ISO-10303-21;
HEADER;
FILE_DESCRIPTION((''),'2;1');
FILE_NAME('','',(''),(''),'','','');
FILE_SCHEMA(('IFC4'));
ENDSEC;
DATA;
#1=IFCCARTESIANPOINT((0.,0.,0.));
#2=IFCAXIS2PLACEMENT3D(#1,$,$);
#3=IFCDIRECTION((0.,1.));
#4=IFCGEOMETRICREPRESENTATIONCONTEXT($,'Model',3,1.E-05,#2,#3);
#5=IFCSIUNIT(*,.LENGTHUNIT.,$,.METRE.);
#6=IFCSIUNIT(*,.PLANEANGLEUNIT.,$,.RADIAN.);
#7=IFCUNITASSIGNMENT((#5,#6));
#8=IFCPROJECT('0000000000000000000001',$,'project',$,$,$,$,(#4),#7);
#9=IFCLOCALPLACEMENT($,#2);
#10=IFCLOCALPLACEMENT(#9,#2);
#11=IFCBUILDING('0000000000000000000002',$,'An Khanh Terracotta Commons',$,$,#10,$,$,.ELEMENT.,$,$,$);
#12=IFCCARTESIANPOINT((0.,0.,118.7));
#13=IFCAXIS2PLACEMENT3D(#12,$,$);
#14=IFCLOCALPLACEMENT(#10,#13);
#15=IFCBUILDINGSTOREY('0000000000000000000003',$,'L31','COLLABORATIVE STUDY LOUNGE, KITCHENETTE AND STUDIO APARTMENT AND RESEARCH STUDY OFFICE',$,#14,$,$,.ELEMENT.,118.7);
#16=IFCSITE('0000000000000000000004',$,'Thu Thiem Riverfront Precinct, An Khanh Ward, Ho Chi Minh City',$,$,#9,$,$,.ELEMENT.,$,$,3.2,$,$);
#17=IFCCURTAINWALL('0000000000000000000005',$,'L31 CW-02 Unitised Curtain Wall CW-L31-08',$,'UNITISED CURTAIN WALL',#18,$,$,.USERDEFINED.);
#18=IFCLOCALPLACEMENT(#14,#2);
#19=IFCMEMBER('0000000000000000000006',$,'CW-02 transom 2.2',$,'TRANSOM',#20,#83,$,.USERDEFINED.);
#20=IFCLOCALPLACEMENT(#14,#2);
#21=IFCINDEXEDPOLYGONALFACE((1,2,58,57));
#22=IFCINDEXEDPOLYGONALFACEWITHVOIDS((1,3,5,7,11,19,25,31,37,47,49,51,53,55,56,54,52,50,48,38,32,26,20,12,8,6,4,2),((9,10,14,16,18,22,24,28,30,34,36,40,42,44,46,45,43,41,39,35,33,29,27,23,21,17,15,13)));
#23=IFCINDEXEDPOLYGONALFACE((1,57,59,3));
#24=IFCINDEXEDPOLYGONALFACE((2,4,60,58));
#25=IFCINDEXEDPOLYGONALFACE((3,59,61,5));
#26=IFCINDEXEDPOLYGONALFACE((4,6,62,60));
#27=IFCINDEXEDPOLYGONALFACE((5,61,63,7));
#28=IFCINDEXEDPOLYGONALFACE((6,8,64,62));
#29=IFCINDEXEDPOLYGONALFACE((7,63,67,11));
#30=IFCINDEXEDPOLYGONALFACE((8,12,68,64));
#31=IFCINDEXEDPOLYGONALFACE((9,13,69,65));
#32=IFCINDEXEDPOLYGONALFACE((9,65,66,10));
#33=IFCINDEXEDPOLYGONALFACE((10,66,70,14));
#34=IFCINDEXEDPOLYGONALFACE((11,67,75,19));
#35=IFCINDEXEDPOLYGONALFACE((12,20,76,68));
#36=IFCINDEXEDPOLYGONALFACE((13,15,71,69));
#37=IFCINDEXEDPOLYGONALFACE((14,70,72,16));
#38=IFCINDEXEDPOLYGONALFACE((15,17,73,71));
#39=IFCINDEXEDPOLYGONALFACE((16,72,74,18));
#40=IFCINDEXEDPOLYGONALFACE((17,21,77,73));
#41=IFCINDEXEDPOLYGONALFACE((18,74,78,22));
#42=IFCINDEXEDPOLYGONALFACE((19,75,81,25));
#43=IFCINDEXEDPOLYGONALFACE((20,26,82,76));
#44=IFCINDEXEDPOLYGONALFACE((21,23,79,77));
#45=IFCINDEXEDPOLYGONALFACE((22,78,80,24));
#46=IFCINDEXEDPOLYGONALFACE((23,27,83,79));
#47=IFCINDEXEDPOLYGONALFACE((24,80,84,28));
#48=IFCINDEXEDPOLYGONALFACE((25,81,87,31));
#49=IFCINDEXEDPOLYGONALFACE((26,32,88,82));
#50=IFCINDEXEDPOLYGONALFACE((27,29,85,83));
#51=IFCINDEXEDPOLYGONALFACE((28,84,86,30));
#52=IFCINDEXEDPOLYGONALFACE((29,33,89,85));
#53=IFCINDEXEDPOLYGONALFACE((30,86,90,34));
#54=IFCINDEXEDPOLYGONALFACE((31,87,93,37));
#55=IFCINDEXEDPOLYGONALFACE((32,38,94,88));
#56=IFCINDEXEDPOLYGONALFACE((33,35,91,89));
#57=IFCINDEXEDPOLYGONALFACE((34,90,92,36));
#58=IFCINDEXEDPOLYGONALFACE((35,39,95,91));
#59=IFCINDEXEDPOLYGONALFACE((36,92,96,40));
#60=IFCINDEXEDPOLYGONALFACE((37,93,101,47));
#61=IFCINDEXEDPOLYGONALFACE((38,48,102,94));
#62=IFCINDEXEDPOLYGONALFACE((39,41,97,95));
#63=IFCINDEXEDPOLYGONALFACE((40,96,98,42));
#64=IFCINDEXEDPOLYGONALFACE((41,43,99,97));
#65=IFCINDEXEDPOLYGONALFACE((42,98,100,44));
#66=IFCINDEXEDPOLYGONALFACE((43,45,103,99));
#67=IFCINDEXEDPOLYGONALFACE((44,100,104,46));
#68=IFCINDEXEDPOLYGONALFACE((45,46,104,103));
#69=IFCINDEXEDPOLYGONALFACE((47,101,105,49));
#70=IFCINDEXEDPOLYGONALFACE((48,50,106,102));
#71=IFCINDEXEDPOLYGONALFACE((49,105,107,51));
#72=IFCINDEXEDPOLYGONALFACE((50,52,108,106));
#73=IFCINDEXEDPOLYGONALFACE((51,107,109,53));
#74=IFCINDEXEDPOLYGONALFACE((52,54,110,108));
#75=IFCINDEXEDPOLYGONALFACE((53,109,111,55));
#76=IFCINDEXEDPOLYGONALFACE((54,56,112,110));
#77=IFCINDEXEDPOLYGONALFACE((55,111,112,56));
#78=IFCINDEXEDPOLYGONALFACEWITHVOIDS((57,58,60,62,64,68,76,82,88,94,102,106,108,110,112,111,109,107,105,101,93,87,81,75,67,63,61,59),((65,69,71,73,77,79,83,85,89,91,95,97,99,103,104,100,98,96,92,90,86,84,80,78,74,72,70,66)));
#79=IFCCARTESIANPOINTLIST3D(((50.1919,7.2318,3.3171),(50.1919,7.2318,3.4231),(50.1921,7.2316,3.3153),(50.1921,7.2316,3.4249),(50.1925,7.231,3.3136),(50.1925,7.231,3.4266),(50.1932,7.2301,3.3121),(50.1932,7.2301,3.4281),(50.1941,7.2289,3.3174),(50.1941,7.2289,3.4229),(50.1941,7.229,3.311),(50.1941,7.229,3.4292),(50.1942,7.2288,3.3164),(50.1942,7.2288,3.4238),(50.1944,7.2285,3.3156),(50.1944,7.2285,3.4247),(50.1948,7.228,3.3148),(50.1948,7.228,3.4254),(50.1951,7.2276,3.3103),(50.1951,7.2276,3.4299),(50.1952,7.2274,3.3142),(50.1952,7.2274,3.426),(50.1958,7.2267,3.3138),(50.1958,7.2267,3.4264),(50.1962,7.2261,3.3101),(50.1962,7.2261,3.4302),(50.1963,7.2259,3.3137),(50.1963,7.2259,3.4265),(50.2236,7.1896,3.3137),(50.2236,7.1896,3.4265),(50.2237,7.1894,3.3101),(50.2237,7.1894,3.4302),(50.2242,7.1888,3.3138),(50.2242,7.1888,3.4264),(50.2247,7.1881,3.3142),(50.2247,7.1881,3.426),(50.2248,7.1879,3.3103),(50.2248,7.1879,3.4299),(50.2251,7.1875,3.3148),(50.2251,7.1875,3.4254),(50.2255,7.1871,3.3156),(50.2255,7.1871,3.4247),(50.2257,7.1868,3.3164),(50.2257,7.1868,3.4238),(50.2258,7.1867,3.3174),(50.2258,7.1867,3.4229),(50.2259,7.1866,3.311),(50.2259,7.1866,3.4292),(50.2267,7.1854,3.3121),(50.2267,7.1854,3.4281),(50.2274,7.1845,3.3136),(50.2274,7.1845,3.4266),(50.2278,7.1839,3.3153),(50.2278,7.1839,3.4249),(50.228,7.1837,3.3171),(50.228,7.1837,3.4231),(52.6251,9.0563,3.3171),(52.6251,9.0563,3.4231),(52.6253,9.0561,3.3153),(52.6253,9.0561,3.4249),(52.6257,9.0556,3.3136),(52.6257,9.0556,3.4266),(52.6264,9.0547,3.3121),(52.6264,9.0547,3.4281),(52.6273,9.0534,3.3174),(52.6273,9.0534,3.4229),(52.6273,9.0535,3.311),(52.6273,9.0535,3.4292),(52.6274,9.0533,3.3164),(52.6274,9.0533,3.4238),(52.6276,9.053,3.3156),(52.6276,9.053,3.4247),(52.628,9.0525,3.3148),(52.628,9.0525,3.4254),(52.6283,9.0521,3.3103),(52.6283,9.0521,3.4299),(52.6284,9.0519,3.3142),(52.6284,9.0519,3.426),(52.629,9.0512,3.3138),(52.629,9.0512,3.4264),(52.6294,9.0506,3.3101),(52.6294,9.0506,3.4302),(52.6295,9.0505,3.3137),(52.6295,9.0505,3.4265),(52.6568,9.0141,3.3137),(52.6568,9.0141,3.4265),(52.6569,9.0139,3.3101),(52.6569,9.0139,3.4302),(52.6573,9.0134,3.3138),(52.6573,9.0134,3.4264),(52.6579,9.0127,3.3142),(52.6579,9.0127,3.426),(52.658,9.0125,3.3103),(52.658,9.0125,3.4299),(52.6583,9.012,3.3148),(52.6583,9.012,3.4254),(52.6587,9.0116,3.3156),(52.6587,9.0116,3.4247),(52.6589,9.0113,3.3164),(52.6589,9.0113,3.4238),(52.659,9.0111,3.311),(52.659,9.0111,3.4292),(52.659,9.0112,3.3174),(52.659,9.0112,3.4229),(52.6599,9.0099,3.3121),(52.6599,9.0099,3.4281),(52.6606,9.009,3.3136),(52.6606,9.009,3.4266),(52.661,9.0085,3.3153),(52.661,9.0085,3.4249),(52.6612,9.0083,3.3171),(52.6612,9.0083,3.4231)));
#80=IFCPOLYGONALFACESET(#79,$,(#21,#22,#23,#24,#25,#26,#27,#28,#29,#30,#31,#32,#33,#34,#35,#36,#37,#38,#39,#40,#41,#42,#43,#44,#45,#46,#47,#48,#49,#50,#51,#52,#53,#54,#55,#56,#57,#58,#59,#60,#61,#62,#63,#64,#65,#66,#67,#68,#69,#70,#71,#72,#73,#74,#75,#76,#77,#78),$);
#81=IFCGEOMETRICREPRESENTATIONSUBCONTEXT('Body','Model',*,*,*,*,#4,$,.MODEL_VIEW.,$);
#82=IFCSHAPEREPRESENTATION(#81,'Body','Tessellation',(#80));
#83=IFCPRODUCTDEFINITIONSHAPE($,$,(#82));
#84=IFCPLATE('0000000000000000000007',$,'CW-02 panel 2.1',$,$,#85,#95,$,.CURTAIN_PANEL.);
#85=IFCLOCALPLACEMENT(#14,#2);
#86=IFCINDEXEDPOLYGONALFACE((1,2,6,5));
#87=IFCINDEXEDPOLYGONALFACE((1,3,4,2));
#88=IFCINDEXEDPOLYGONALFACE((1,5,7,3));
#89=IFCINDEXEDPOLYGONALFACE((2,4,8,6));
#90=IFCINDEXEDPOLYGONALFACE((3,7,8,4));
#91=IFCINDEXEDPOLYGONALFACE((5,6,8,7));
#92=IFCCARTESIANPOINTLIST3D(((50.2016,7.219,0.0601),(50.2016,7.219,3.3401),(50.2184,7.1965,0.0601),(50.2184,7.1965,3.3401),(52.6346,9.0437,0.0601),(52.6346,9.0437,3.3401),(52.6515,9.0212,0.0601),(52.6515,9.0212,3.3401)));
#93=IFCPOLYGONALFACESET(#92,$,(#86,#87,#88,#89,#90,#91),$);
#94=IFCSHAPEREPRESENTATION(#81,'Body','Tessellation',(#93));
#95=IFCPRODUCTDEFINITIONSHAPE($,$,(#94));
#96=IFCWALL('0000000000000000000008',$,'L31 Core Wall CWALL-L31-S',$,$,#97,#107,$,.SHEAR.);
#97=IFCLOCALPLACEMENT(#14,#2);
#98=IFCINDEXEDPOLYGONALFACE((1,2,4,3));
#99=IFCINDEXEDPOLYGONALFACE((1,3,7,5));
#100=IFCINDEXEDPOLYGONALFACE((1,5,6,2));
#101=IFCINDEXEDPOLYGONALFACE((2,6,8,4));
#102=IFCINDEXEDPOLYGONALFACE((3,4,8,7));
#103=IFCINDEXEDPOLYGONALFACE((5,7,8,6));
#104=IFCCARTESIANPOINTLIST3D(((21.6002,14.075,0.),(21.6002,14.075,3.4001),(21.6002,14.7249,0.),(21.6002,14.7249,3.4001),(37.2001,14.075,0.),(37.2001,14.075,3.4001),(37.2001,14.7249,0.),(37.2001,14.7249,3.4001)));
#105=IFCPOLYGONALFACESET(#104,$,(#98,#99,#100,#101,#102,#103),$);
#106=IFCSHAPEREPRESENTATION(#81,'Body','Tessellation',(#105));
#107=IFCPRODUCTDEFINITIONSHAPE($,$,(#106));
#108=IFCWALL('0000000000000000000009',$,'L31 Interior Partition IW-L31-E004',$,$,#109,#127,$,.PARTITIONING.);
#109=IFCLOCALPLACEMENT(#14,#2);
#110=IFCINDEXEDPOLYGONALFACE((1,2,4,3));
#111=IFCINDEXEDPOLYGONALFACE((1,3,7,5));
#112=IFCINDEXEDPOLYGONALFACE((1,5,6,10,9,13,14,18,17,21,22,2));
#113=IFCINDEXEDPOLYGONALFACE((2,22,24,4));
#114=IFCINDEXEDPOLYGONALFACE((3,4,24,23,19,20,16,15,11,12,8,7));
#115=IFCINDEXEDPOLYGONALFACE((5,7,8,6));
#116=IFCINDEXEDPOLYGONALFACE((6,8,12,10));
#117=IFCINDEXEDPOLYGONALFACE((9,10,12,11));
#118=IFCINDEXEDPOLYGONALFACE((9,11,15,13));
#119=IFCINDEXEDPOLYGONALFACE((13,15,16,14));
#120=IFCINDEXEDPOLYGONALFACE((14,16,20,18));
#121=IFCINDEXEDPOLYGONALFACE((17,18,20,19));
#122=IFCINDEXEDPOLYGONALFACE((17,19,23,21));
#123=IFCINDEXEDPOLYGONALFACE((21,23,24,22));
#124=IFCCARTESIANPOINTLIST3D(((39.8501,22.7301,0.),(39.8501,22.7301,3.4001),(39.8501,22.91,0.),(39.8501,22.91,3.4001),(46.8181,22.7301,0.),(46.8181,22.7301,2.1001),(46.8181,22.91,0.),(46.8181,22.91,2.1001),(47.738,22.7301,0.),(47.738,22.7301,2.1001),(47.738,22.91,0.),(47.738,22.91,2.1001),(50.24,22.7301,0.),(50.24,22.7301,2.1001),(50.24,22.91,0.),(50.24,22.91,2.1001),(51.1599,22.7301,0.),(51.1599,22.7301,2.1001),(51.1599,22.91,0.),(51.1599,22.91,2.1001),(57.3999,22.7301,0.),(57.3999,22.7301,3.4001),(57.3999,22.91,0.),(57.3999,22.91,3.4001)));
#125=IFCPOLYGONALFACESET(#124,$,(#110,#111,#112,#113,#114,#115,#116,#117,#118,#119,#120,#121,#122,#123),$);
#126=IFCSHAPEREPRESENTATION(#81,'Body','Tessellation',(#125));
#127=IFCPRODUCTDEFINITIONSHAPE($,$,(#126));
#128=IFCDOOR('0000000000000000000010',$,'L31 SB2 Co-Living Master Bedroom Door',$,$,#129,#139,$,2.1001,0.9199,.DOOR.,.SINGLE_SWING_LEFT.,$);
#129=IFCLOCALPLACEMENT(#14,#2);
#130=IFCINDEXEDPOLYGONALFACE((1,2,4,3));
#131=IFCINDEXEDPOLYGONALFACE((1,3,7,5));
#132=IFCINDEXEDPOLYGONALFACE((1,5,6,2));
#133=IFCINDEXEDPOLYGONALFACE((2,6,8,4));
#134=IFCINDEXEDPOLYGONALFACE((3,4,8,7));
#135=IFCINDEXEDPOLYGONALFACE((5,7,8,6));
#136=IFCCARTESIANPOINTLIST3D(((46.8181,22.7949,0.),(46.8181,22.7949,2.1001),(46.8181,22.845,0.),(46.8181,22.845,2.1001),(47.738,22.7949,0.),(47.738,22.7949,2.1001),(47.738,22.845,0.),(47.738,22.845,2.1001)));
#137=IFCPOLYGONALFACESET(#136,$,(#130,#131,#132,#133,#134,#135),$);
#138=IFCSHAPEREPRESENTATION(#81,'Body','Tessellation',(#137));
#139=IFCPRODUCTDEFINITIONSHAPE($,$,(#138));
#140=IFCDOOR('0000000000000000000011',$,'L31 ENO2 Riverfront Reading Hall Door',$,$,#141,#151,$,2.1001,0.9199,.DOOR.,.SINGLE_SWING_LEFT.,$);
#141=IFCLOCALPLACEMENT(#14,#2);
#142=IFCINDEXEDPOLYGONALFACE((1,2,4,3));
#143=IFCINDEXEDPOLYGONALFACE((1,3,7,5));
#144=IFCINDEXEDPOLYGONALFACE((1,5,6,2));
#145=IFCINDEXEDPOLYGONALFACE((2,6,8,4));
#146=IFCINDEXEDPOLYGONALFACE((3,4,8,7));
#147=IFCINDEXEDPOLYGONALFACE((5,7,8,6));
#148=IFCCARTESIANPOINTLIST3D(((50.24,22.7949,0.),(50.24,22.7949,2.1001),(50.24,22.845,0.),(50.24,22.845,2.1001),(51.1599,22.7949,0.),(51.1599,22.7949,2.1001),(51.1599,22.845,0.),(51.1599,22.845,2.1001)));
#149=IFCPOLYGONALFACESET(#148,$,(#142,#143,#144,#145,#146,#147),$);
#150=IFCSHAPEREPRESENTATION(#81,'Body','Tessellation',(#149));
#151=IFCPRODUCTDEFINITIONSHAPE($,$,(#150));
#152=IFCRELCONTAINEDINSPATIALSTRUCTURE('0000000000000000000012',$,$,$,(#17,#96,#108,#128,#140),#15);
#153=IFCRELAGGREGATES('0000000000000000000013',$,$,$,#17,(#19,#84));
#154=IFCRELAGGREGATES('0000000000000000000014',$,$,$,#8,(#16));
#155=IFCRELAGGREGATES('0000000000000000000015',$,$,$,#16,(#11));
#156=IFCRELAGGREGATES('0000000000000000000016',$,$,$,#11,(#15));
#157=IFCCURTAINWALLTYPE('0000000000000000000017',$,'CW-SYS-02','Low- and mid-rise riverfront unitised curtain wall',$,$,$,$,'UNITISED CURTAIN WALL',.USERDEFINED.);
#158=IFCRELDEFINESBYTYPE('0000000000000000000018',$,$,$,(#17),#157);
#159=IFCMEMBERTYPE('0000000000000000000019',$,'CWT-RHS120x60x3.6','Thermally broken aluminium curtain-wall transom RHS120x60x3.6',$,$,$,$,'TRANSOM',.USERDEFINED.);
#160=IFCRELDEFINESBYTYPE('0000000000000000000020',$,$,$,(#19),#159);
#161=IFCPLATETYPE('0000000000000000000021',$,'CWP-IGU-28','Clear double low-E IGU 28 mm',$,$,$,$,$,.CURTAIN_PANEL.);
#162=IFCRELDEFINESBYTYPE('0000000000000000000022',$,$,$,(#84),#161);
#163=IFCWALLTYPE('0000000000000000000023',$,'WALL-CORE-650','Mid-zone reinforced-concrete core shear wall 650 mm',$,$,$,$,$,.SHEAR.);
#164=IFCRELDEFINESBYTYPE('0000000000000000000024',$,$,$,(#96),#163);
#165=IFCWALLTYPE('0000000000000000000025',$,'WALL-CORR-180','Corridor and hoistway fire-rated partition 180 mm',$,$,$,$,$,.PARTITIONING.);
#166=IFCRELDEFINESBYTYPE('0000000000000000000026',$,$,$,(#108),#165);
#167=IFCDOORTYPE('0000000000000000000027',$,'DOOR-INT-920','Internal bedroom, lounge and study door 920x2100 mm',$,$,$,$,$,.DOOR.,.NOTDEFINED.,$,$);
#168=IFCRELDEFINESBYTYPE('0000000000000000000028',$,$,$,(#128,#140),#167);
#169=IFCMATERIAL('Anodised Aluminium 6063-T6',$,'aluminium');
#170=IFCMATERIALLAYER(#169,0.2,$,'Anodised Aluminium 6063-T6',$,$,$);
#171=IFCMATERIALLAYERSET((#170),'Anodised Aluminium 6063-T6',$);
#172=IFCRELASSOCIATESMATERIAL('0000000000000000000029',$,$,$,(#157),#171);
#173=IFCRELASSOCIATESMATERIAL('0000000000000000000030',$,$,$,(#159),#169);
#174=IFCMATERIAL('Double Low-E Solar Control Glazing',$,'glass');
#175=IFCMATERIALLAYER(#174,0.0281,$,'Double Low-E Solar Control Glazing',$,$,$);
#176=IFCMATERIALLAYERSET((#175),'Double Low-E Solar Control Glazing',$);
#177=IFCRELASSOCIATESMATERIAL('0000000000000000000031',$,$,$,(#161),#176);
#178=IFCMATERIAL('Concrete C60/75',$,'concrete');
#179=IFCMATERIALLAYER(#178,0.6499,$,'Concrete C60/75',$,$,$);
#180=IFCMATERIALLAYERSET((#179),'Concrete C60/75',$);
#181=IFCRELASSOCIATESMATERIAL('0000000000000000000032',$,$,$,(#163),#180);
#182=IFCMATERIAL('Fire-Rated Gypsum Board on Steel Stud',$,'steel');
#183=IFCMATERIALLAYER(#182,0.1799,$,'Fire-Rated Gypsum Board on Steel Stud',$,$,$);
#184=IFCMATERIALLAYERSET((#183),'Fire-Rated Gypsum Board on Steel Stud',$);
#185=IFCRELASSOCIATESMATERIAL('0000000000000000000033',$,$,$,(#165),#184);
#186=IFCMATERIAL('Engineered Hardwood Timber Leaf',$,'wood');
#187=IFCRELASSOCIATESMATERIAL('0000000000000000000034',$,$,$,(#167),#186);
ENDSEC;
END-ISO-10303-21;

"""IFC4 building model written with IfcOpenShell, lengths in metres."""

from ifc_helpers import new_model, si_unit, direction, frame, frame_2d, origin, origin_2d, place, context, subcontext, project, spatial, rectangle, hollow_rectangle, extrude, material, layer, layer_set, material_profile, profile_set, type_object, element, fill, aggregate, save


model = new_model("IFC4")

# Units and contexts
model_context = context("Model", 3, precision=1e-05, world=origin(), true_north=direction((0.0, 1.0)))
body_context = subcontext(model_context, "Body", "Model", "MODEL_VIEW")
ifc_project = project(units=[si_unit("LENGTHUNIT", "METRE"), si_unit("PLANEANGLEUNIT", "RADIAN")], contexts=[model_context])

# Site, building, storey
site_placement = place(None, origin())
site = spatial("IfcSite", under=ifc_project, at=site_placement, Name="Thu Thiem Riverfront Precinct, An Khanh Ward, Ho Chi Minh City", CompositionType="ELEMENT", RefElevation=3.2)
building_placement = place(site_placement, origin())
building = spatial("IfcBuilding", under=site, at=building_placement, Name="An Khanh Terracotta Commons", CompositionType="ELEMENT")
storey_placement = place(building_placement, frame((0.0, 0.0, 118.7)))
storey = spatial("IfcBuildingStorey", under=building, at=storey_placement, Name="L31", Description="COLLABORATIVE STUDY LOUNGE, KITCHENETTE AND STUDIO APARTMENT AND RESEARCH STUDY OFFICE", CompositionType="ELEMENT", Elevation=118.7)

# Curtain wall, member, plate
ifc_material_1 = material(Name="Anodised Aluminium 6063-T6", Category="aluminium")
ifc_layer_1 = layer(ifc_material_1, 0.2, Name="Anodised Aluminium 6063-T6")
ifc_layer_set_1 = layer_set([ifc_layer_1], Name="Anodised Aluminium 6063-T6")
curtain_wall_type = type_object("IfcCurtainWallType", Name="CW-SYS-02", Description="Low- and mid-rise riverfront unitised curtain wall", ElementType="UNITISED CURTAIN WALL", PredefinedType="USERDEFINED", material=ifc_layer_set_1)
curtain_wall_placement = place(storey_placement, origin())
curtain_wall = element("IfcCurtainWall", 1, at=curtain_wall_placement, inside=storey, type_object=curtain_wall_type, Name="L31 CW-02 Unitised Curtain Wall CW-L31-08", ObjectType="UNITISED CURTAIN WALL", PredefinedType="USERDEFINED")
ifc_material_profile_1 = material_profile(ifc_material_1, hollow_rectangle(XDim=0.0601, YDim=0.1201, WallThickness=0.0037, InnerFilletRadius=0.0037, OuterFilletRadius=0.0071, at=origin_2d()), Name="RHS120x60x3.6")
ifc_profile_set_1 = profile_set([ifc_material_profile_1], Name="Anodised Aluminium 6063-T6")
member_type_1 = type_object("IfcMemberType", Name="CWT-RHS120x60x3.6", Description="Thermally broken aluminium curtain-wall transom RHS120x60x3.6", ElementType="TRANSOM", PredefinedType="USERDEFINED", material=ifc_profile_set_1)
member_1_placement = place(storey_placement, frame((50.21, 7.2078, 3.3701), z_axis=(0.800058, 0.599923, 0.0), x_axis=(-0.599923, 0.800058, 0.0)))
member_1 = element("IfcMember", 2, at=member_1_placement, type_object=member_type_1, Name="CW-02 transom 2.2", ObjectType="TRANSOM", PredefinedType="USERDEFINED", context=body_context, shape_type="SweptSolid", body=[
    extrude(hollow_rectangle(XDim=0.0601, YDim=0.1201, WallThickness=0.0037, InnerFilletRadius=0.0037, OuterFilletRadius=0.0071, at=origin_2d()), origin(), (0.0, 0.0, 1.0), 3.0413),
])
ifc_material_2 = material(Name="Double Low-E Solar Control Glazing", Category="glass")
ifc_layer_2 = layer(ifc_material_2, 0.0281, Name="Double Low-E Solar Control Glazing")
ifc_layer_set_2 = layer_set([ifc_layer_2], Name="Double Low-E Solar Control Glazing")
plate_type = type_object("IfcPlateType", Name="CWP-IGU-28", Description="Clear double low-E IGU 28 mm", PredefinedType="CURTAIN_PANEL", material=ifc_layer_set_2)
plate_placement = place(storey_placement, frame((51.4265, 8.1201, 0.0601), z_axis=(0.0, 0.0, 1.0), x_axis=(0.800013, 0.599983, 0.0)))
plate = element("IfcPlate", 3, at=plate_placement, type_object=plate_type, Name="CW-02 panel 2.1", PredefinedType="CURTAIN_PANEL", context=body_context, shape_type="SweptSolid", body=[
    extrude(rectangle(XDim=3.0413, YDim=0.0281, at=origin_2d()), origin(), (0.0, 0.0, 1.0), 3.28),
])
aggregate(curtain_wall, [member_1, plate])

# Wall
ifc_material_3 = material(Name="Concrete C60/75", Category="concrete")
ifc_layer_3 = layer(ifc_material_3, 0.6499, Name="Concrete C60/75")
ifc_layer_set_3 = layer_set([ifc_layer_3], Name="Concrete C60/75")
wall_type_1 = type_object("IfcWallType", Name="WALL-CORE-650", Description="Mid-zone reinforced-concrete core shear wall 650 mm", PredefinedType="SHEAR", material=ifc_layer_set_3)
wall_1_placement = place(storey_placement, frame((37.2, 14.3999, 0.0), z_axis=(0.0, 0.0, 1.0), x_axis=(-1.0, 0.0, 0.0)))
element("IfcWall", 4, at=wall_1_placement, inside=storey, type_object=wall_type_1, Name="L31 Core Wall CWALL-L31-S", PredefinedType="SHEAR", context=body_context, shape_type="SweptSolid", body=[
    extrude(rectangle(XDim=15.5999, YDim=0.6499, at=frame_2d((7.7998, 0.0))), origin(), (0.0, 0.0, 1.0), 3.4001),
])

# Wall, openings, doors
ifc_material_4 = material(Name="Fire-Rated Gypsum Board on Steel Stud", Category="steel")
ifc_layer_4 = layer(ifc_material_4, 0.1799, Name="Fire-Rated Gypsum Board on Steel Stud")
ifc_layer_set_4 = layer_set([ifc_layer_4], Name="Fire-Rated Gypsum Board on Steel Stud")
wall_type_2 = type_object("IfcWallType", Name="WALL-CORR-180", Description="Corridor and hoistway fire-rated partition 180 mm", PredefinedType="PARTITIONING", material=ifc_layer_set_4)
wall_2_placement = place(storey_placement, frame((39.8501, 22.8201, 0.0), z_axis=(0.0, 0.0, 1.0), x_axis=(1.0, 0.0, 0.0)))
wall_2 = element("IfcWall", 5, at=wall_2_placement, inside=storey, type_object=wall_type_2, Name="L31 Interior Partition IW-L31-E004", PredefinedType="PARTITIONING", context=body_context, shape_type="SweptSolid", body=[
    extrude(rectangle(XDim=17.5498, YDim=0.1799, at=frame_2d((8.7749, 0.0))), origin(), (0.0, 0.0, 1.0), 3.4001),
])
opening_1_placement = place(wall_2_placement, frame((6.968, 0.0, 0.0)))
opening_1 = element("IfcOpeningElement", 6, at=opening_1_placement, cuts=wall_2, PredefinedType="OPENING", context=body_context, shape_type="SweptSolid", body=[
    extrude(rectangle(XDim=0.9199, YDim=2.1001, at=frame_2d((0.46, 1.05))), frame((0.0, 0.0999, 0.0), z_axis=(0.0, -1.0, 0.0), x_axis=(1.0, 0.0, 0.0)), (0.0, 0.0, 1.0), 0.2),
])
opening_2_placement = place(wall_2_placement, frame((10.3899, 0.0, 0.0)))
opening_2 = element("IfcOpeningElement", 7, at=opening_2_placement, cuts=wall_2, PredefinedType="OPENING", context=body_context, shape_type="SweptSolid", body=[
    extrude(rectangle(XDim=0.9199, YDim=2.1001, at=frame_2d((0.46, 1.05))), frame((0.0, 0.0999, 0.0), z_axis=(0.0, -1.0, 0.0), x_axis=(1.0, 0.0, 0.0)), (0.0, 0.0, 1.0), 0.2),
])
ifc_material_5 = material(Name="Engineered Hardwood Timber Leaf", Category="wood")
door_type_1 = type_object("IfcDoorType", Name="DOOR-INT-920", Description="Internal bedroom, lounge and study door 920x2100 mm", OperationType="NOTDEFINED", PredefinedType="DOOR", material=ifc_material_5)
door_1_placement = place(opening_1_placement, origin())
door_1 = element("IfcDoor", 8, at=door_1_placement, inside=storey, type_object=door_type_1, Name="L31 SB2 Co-Living Master Bedroom Door", OperationType="SINGLE_SWING_LEFT", OverallHeight=2.1001, OverallWidth=0.9199, PredefinedType="DOOR", context=body_context, shape_type="SweptSolid", body=[
    extrude(rectangle(XDim=0.9199, YDim=2.1001, at=frame_2d((0.46, 1.05))), frame((0.0, 0.0249, 0.0), z_axis=(0.0, -1.0, 0.0), x_axis=(1.0, 0.0, 0.0)), (0.0, 0.0, 1.0), 0.05),
])
fill(opening_1, door_1)
door_2_placement = place(opening_2_placement, origin())
door_2 = element("IfcDoor", 9, at=door_2_placement, inside=storey, type_object=door_type_1, Name="L31 ENO2 Riverfront Reading Hall Door", OperationType="SINGLE_SWING_LEFT", OverallHeight=2.1001, OverallWidth=0.9199, PredefinedType="DOOR", context=body_context, shape_type="SweptSolid", body=[
    extrude(rectangle(XDim=0.9199, YDim=2.1001, at=frame_2d((0.46, 1.05))), frame((0.0, 0.0249, 0.0), z_axis=(0.0, -1.0, 0.0), x_axis=(1.0, 0.0, 0.0)), (0.0, 0.0, 1.0), 0.05),
])
fill(opening_2, door_2)

save(model, "model.ifc")
